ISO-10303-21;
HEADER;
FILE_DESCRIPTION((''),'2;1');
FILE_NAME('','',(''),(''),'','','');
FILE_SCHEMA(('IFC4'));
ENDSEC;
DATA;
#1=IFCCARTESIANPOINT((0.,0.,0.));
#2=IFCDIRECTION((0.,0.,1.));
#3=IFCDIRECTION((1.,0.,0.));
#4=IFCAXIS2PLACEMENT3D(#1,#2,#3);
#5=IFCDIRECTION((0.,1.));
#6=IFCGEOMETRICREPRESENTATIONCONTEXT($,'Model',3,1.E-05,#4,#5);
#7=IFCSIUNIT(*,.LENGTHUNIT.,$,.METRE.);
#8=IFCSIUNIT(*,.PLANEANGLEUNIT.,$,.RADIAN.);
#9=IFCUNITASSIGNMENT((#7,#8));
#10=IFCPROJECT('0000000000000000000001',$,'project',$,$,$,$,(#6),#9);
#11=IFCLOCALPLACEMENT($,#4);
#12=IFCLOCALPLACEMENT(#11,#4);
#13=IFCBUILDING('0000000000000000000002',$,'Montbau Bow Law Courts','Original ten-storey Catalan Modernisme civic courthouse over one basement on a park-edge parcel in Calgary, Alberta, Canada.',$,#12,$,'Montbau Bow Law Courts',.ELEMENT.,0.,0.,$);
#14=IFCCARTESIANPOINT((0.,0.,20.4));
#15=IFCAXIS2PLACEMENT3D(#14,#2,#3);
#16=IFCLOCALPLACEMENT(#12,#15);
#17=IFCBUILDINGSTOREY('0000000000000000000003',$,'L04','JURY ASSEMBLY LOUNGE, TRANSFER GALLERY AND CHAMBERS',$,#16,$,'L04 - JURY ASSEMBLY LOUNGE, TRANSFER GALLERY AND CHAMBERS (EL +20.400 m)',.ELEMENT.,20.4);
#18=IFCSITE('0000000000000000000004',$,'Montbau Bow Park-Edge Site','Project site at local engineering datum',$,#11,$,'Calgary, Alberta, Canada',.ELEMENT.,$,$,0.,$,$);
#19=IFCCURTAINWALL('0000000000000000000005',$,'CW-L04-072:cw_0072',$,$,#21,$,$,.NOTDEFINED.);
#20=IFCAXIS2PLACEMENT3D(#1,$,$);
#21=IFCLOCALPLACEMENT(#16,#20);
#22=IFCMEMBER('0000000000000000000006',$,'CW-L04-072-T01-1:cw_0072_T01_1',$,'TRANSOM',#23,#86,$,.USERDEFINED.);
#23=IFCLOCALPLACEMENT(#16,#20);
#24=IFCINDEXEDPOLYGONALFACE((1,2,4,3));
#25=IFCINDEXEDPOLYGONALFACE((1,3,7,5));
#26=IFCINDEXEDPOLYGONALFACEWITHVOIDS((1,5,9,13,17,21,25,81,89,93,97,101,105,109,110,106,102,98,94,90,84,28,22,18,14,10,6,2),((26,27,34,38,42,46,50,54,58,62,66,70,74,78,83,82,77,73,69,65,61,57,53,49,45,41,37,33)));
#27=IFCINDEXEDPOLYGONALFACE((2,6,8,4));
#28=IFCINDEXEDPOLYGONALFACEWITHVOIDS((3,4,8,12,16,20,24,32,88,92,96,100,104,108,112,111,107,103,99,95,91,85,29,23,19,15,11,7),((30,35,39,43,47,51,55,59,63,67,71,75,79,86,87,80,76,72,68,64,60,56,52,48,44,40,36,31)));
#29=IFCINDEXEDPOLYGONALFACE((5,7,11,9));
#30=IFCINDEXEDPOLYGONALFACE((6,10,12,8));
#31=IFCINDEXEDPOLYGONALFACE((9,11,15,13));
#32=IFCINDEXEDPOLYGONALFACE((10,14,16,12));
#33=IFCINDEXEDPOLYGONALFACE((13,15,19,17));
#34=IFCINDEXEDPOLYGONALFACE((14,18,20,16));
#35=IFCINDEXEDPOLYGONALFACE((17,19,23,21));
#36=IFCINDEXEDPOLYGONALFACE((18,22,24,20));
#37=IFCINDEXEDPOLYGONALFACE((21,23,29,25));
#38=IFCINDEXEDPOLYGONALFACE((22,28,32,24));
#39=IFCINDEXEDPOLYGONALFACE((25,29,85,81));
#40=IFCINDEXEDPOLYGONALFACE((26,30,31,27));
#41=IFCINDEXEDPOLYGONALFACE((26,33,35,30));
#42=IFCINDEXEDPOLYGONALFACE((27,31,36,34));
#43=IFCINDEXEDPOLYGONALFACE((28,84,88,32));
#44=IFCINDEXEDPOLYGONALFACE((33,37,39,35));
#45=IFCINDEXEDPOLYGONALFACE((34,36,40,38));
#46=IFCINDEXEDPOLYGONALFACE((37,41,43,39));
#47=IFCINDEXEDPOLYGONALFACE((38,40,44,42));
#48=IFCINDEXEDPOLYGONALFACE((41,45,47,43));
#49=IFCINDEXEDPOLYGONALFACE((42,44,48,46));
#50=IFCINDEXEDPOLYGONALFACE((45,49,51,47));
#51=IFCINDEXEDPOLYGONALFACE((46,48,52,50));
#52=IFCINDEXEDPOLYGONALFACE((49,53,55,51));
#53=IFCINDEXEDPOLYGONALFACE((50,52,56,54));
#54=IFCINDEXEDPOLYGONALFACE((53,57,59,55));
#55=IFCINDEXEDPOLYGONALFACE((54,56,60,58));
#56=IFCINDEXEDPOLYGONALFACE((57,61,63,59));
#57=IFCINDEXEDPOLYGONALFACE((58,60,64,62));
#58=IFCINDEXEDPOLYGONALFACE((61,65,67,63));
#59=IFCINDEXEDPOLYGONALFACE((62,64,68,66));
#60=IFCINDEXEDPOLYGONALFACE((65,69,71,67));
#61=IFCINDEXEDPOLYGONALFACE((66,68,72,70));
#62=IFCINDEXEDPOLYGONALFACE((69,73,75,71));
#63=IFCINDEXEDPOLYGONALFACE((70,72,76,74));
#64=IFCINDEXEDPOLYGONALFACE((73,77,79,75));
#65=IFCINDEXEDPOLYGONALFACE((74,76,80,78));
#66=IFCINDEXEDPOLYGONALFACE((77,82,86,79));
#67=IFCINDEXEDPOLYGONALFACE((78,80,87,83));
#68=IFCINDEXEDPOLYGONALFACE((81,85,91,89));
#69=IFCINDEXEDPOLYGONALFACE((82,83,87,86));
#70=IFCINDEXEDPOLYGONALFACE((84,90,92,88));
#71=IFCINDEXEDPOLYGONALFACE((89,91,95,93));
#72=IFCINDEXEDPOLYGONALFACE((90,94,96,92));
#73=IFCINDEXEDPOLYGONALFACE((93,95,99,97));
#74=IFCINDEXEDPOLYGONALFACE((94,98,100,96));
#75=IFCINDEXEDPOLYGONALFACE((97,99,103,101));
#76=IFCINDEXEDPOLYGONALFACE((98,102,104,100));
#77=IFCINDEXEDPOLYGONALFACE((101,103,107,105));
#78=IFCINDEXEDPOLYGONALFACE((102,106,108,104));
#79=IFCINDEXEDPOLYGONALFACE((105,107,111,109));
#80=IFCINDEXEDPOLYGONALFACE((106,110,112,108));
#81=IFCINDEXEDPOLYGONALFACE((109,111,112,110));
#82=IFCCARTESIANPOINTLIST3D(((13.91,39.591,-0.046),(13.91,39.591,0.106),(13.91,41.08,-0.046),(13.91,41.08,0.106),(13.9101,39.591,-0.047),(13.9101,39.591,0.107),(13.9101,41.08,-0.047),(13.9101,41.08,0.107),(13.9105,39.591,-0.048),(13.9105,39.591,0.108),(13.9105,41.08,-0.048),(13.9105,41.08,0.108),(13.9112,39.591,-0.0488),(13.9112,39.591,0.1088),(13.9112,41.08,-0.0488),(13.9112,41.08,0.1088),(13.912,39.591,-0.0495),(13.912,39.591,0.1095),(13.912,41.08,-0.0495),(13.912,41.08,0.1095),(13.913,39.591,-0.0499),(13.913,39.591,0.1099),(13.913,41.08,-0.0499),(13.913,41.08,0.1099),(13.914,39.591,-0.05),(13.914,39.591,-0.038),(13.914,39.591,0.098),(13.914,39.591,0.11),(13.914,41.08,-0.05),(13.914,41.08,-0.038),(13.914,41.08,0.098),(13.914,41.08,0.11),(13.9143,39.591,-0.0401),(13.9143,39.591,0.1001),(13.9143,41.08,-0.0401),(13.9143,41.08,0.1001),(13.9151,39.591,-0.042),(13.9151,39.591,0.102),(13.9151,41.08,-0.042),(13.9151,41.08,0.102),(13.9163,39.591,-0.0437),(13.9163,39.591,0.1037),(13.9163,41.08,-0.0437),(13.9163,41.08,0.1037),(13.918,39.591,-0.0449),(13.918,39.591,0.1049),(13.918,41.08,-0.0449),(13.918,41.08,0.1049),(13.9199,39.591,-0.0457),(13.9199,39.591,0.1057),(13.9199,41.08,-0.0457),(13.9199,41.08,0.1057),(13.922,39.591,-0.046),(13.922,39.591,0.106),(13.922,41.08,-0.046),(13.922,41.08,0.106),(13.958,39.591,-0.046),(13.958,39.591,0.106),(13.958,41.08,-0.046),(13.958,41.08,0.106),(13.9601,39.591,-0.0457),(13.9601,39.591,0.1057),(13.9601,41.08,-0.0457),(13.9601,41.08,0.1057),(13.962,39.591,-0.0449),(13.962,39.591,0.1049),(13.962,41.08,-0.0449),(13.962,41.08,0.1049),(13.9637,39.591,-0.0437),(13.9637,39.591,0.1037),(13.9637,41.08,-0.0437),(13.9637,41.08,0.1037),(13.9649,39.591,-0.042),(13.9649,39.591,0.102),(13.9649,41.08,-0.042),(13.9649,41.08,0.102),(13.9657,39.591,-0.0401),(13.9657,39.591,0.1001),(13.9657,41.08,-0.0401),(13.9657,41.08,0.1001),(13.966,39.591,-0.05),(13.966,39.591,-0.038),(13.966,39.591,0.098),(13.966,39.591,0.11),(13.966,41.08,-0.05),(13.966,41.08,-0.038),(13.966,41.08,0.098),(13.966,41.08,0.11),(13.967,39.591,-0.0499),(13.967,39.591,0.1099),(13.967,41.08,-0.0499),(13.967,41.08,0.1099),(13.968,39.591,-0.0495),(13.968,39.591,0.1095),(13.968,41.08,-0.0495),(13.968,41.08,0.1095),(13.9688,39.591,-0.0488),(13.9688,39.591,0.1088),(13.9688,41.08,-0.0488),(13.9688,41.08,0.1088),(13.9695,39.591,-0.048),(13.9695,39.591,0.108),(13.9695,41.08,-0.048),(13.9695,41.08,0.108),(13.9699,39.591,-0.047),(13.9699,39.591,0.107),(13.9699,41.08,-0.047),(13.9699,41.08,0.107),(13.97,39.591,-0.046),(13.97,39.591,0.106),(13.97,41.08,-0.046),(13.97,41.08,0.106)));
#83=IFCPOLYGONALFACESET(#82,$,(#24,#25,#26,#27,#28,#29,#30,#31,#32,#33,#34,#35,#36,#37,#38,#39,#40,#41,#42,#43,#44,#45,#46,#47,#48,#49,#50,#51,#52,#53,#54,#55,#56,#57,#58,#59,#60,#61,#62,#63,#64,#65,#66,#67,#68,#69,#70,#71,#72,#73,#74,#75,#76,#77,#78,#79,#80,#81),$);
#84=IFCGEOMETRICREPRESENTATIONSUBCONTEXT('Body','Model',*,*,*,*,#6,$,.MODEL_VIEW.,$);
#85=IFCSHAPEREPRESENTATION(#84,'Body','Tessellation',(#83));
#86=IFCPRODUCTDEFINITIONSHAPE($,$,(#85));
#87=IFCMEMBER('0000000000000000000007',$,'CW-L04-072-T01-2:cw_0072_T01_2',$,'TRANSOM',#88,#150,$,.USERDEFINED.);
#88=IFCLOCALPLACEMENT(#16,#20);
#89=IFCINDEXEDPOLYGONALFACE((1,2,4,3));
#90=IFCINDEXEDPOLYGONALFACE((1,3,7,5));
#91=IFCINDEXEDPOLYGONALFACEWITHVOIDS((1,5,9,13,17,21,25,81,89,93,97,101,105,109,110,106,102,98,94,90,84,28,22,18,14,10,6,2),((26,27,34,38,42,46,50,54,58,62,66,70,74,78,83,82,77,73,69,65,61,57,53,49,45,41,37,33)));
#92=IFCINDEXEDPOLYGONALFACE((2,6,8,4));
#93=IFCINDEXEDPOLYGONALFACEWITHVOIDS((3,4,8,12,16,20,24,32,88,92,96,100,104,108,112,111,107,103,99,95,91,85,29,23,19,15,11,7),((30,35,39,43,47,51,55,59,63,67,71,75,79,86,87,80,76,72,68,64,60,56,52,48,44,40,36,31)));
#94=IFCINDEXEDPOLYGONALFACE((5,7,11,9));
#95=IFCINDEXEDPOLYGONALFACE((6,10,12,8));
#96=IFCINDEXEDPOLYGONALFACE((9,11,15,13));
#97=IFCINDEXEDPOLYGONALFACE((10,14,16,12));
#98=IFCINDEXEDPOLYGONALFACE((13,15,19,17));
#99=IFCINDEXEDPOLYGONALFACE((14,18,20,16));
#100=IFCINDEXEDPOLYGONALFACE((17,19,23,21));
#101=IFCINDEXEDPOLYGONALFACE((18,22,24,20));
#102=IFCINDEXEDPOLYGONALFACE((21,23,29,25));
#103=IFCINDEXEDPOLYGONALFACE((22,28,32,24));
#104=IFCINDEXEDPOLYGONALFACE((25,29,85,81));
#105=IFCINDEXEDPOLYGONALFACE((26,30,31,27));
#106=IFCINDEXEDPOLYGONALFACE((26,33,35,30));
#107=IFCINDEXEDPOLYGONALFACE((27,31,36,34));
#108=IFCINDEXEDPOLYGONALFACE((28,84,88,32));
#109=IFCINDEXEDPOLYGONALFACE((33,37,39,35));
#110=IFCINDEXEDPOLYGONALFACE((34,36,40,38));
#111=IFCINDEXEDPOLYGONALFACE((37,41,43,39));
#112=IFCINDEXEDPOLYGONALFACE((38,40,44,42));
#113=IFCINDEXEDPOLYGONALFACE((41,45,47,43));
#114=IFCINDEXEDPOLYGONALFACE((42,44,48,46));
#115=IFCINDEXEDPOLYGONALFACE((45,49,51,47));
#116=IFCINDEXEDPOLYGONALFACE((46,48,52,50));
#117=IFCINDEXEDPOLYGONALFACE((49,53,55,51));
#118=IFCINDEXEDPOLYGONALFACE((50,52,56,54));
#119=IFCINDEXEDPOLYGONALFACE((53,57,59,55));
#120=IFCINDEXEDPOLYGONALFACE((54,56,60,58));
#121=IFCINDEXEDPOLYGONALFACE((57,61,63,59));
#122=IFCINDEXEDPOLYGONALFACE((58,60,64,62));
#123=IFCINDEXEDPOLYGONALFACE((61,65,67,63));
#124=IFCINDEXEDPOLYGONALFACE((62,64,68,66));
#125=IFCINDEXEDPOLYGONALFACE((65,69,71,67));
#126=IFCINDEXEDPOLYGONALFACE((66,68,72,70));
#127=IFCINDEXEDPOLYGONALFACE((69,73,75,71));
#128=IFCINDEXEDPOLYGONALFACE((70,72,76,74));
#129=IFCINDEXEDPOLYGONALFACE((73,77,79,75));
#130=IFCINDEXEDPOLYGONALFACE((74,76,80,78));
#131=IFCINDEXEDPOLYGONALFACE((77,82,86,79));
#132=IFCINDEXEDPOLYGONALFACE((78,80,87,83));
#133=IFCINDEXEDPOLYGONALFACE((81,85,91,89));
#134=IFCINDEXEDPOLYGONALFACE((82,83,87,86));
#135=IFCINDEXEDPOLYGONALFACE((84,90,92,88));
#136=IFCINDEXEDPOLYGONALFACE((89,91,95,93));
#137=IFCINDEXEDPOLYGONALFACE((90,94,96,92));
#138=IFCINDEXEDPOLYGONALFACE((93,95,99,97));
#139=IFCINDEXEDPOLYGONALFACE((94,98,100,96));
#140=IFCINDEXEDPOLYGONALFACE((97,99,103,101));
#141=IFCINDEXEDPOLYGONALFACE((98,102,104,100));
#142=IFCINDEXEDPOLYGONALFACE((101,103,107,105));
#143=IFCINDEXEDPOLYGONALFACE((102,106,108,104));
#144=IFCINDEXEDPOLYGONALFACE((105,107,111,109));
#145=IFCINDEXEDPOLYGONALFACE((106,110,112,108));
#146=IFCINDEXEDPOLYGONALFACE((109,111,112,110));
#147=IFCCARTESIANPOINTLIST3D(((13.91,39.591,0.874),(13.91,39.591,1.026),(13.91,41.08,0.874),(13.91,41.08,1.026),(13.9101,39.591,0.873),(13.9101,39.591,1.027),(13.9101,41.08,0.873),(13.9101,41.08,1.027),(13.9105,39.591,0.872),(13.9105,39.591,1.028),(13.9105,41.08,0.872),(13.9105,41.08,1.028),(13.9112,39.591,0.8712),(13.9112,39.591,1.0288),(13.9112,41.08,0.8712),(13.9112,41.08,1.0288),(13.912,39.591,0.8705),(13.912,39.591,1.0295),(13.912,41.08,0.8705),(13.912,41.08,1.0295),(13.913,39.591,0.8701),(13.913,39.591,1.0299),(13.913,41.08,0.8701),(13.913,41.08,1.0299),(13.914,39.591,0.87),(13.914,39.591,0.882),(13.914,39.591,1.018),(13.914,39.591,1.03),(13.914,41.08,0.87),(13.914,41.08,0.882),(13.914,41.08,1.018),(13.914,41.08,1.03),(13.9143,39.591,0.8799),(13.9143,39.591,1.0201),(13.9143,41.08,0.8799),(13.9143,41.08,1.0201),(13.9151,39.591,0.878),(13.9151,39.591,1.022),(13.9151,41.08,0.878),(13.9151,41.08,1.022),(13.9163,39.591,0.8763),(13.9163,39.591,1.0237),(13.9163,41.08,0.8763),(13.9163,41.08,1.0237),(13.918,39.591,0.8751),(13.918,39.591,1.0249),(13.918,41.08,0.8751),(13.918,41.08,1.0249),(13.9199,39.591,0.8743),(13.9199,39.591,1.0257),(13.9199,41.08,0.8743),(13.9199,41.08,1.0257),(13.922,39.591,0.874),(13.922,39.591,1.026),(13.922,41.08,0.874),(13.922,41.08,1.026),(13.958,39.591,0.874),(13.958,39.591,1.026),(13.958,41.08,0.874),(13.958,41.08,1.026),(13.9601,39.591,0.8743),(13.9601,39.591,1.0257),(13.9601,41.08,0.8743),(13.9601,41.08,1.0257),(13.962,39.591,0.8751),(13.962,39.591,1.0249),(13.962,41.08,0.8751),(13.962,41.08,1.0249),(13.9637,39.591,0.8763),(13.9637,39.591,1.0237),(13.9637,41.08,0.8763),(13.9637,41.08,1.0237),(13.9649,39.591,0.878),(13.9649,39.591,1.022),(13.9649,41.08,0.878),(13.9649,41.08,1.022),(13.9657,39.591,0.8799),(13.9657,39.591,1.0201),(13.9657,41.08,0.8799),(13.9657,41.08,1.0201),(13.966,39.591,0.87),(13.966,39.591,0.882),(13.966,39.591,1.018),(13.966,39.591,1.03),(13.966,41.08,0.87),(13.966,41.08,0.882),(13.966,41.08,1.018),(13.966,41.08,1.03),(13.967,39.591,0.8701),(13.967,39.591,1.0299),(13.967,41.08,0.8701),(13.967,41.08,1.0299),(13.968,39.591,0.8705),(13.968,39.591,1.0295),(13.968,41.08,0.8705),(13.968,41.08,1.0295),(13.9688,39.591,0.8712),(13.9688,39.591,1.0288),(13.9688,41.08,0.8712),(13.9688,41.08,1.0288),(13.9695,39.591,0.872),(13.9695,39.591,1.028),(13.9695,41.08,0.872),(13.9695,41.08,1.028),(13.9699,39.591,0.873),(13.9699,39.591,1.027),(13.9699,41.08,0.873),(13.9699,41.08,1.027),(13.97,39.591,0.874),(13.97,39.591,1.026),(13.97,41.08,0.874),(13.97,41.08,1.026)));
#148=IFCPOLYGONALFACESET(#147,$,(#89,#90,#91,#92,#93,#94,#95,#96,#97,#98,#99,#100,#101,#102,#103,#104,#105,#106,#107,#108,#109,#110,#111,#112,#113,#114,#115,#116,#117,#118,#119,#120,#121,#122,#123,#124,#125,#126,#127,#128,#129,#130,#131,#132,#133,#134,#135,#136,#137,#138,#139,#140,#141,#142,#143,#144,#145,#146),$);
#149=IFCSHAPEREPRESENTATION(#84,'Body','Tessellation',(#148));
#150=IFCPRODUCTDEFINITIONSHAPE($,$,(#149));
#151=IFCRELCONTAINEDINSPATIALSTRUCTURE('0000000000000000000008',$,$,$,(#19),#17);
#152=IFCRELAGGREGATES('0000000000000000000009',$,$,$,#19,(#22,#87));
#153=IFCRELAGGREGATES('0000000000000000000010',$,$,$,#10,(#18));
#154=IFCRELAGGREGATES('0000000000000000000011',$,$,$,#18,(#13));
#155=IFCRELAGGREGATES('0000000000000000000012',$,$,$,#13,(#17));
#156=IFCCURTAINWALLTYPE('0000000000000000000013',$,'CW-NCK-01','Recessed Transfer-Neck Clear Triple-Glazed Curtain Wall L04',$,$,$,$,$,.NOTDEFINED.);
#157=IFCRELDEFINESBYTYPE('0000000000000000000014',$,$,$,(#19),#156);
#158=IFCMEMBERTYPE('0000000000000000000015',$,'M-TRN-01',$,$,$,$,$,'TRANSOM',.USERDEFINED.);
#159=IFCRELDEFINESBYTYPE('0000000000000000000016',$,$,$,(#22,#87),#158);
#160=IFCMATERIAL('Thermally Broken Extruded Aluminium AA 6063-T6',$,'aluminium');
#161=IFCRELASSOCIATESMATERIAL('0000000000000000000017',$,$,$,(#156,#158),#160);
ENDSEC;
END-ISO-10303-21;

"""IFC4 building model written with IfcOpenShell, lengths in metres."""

from ifc_helpers import new_model, si_unit, direction, frame, origin_with_axes, origin_2d_with_axis, place, context, subcontext, project, spatial, hollow_rectangle, extrude, material, material_profile, profile_set, type_object, element, aggregate, save


model = new_model("IFC4")

# Units and contexts
model_context = context("Model", 3, precision=1e-05, world=origin_with_axes(), true_north=direction((0.0, 1.0)))
body_context = subcontext(model_context, "Body", "Model", "MODEL_VIEW")
ifc_project = project(units=[si_unit("LENGTHUNIT", "METRE"), si_unit("PLANEANGLEUNIT", "RADIAN")], contexts=[model_context])

# Site, building, storey
site_placement = place(None, origin_with_axes())
site = spatial("IfcSite", under=ifc_project, at=site_placement, Name="Montbau Bow Park-Edge Site", Description="Project site at local engineering datum", LongName="Calgary, Alberta, Canada", CompositionType="ELEMENT", RefElevation=0.0)
building_placement = place(site_placement, origin_with_axes())
building = spatial("IfcBuilding", under=site, at=building_placement, Name="Montbau Bow Law Courts", Description="Original ten-storey Catalan Modernisme civic courthouse over one basement on a park-edge parcel in Calgary, Alberta, Canada.", LongName="Montbau Bow Law Courts", CompositionType="ELEMENT", ElevationOfRefHeight=0.0, ElevationOfTerrain=0.0)
storey_placement = place(building_placement, frame((0.0, 0.0, 20.4), z_axis=(0.0, 0.0, 1.0), x_axis=(1.0, 0.0, 0.0)))
storey = spatial("IfcBuildingStorey", under=building, at=storey_placement, Name="L04", Description="JURY ASSEMBLY LOUNGE, TRANSFER GALLERY AND CHAMBERS", LongName="L04 - JURY ASSEMBLY LOUNGE, TRANSFER GALLERY AND CHAMBERS (EL +20.400 m)", CompositionType="ELEMENT", Elevation=20.4)

# Curtain wall, members
ifc_material_1 = material(Name="Thermally Broken Extruded Aluminium AA 6063-T6", Category="aluminium")
curtain_wall_type = type_object("IfcCurtainWallType", Name="CW-NCK-01", Description="Recessed Transfer-Neck Clear Triple-Glazed Curtain Wall L04", PredefinedType="NOTDEFINED", material=ifc_material_1)
curtain_wall_placement = place(None, frame((13.94, 39.515, 20.4), z_axis=(0.0, 0.0, 1.0), x_axis=(1.0, 0.0, 0.0)))
curtain_wall = element("IfcCurtainWall", 1, at=curtain_wall_placement, inside=storey, type_object=curtain_wall_type, Name="CW-L04-072:cw_0072", PredefinedType="NOTDEFINED")
ifc_material_profile_1 = material_profile(ifc_material_1, hollow_rectangle(XDim=0.06, YDim=0.16, WallThickness=0.004, InnerFilletRadius=0.008, OuterFilletRadius=0.004, at=origin_2d_with_axis()), Name="CWT-160X60", Category="Main", Priority=0)
ifc_profile_set_1 = profile_set([ifc_material_profile_1], Name="Thermally Broken Extruded Aluminium AA 6063-T6")
member_type_1 = type_object("IfcMemberType", Name="M-TRN-01", ElementType="TRANSOM", PredefinedType="USERDEFINED", material=ifc_profile_set_1)
member_1_placement = place(None, frame((13.94, 39.591, 20.43), z_axis=(0.0, 1.0, 0.0), x_axis=(-1.0, 0.0, 0.0)))
member_1 = element("IfcMember", 2, at=member_1_placement, type_object=member_type_1, Name="CW-L04-072-T01-1:cw_0072_T01_1", ObjectType="TRANSOM", PredefinedType="USERDEFINED", context=body_context, shape_type="SweptSolid", body=[
    extrude(hollow_rectangle(XDim=0.06, YDim=0.16, WallThickness=0.004, InnerFilletRadius=0.008, OuterFilletRadius=0.004, at=origin_2d_with_axis()), origin_with_axes(), (0.0, 0.0, 1.0), 1.489),
])
member_2_placement = place(None, frame((13.94, 39.591, 21.35), z_axis=(0.0, 1.0, 0.0), x_axis=(-1.0, 0.0, 0.0)))
member_2 = element("IfcMember", 3, at=member_2_placement, type_object=member_type_1, Name="CW-L04-072-T01-2:cw_0072_T01_2", ObjectType="TRANSOM", PredefinedType="USERDEFINED", context=body_context, shape_type="SweptSolid", body=[
    extrude(hollow_rectangle(XDim=0.06, YDim=0.16, WallThickness=0.004, InnerFilletRadius=0.008, OuterFilletRadius=0.004, at=origin_2d_with_axis()), origin_with_axes(), (0.0, 0.0, 1.0), 1.489),
])
aggregate(curtain_wall, [member_1, member_2])

save(model, "model.ifc")
